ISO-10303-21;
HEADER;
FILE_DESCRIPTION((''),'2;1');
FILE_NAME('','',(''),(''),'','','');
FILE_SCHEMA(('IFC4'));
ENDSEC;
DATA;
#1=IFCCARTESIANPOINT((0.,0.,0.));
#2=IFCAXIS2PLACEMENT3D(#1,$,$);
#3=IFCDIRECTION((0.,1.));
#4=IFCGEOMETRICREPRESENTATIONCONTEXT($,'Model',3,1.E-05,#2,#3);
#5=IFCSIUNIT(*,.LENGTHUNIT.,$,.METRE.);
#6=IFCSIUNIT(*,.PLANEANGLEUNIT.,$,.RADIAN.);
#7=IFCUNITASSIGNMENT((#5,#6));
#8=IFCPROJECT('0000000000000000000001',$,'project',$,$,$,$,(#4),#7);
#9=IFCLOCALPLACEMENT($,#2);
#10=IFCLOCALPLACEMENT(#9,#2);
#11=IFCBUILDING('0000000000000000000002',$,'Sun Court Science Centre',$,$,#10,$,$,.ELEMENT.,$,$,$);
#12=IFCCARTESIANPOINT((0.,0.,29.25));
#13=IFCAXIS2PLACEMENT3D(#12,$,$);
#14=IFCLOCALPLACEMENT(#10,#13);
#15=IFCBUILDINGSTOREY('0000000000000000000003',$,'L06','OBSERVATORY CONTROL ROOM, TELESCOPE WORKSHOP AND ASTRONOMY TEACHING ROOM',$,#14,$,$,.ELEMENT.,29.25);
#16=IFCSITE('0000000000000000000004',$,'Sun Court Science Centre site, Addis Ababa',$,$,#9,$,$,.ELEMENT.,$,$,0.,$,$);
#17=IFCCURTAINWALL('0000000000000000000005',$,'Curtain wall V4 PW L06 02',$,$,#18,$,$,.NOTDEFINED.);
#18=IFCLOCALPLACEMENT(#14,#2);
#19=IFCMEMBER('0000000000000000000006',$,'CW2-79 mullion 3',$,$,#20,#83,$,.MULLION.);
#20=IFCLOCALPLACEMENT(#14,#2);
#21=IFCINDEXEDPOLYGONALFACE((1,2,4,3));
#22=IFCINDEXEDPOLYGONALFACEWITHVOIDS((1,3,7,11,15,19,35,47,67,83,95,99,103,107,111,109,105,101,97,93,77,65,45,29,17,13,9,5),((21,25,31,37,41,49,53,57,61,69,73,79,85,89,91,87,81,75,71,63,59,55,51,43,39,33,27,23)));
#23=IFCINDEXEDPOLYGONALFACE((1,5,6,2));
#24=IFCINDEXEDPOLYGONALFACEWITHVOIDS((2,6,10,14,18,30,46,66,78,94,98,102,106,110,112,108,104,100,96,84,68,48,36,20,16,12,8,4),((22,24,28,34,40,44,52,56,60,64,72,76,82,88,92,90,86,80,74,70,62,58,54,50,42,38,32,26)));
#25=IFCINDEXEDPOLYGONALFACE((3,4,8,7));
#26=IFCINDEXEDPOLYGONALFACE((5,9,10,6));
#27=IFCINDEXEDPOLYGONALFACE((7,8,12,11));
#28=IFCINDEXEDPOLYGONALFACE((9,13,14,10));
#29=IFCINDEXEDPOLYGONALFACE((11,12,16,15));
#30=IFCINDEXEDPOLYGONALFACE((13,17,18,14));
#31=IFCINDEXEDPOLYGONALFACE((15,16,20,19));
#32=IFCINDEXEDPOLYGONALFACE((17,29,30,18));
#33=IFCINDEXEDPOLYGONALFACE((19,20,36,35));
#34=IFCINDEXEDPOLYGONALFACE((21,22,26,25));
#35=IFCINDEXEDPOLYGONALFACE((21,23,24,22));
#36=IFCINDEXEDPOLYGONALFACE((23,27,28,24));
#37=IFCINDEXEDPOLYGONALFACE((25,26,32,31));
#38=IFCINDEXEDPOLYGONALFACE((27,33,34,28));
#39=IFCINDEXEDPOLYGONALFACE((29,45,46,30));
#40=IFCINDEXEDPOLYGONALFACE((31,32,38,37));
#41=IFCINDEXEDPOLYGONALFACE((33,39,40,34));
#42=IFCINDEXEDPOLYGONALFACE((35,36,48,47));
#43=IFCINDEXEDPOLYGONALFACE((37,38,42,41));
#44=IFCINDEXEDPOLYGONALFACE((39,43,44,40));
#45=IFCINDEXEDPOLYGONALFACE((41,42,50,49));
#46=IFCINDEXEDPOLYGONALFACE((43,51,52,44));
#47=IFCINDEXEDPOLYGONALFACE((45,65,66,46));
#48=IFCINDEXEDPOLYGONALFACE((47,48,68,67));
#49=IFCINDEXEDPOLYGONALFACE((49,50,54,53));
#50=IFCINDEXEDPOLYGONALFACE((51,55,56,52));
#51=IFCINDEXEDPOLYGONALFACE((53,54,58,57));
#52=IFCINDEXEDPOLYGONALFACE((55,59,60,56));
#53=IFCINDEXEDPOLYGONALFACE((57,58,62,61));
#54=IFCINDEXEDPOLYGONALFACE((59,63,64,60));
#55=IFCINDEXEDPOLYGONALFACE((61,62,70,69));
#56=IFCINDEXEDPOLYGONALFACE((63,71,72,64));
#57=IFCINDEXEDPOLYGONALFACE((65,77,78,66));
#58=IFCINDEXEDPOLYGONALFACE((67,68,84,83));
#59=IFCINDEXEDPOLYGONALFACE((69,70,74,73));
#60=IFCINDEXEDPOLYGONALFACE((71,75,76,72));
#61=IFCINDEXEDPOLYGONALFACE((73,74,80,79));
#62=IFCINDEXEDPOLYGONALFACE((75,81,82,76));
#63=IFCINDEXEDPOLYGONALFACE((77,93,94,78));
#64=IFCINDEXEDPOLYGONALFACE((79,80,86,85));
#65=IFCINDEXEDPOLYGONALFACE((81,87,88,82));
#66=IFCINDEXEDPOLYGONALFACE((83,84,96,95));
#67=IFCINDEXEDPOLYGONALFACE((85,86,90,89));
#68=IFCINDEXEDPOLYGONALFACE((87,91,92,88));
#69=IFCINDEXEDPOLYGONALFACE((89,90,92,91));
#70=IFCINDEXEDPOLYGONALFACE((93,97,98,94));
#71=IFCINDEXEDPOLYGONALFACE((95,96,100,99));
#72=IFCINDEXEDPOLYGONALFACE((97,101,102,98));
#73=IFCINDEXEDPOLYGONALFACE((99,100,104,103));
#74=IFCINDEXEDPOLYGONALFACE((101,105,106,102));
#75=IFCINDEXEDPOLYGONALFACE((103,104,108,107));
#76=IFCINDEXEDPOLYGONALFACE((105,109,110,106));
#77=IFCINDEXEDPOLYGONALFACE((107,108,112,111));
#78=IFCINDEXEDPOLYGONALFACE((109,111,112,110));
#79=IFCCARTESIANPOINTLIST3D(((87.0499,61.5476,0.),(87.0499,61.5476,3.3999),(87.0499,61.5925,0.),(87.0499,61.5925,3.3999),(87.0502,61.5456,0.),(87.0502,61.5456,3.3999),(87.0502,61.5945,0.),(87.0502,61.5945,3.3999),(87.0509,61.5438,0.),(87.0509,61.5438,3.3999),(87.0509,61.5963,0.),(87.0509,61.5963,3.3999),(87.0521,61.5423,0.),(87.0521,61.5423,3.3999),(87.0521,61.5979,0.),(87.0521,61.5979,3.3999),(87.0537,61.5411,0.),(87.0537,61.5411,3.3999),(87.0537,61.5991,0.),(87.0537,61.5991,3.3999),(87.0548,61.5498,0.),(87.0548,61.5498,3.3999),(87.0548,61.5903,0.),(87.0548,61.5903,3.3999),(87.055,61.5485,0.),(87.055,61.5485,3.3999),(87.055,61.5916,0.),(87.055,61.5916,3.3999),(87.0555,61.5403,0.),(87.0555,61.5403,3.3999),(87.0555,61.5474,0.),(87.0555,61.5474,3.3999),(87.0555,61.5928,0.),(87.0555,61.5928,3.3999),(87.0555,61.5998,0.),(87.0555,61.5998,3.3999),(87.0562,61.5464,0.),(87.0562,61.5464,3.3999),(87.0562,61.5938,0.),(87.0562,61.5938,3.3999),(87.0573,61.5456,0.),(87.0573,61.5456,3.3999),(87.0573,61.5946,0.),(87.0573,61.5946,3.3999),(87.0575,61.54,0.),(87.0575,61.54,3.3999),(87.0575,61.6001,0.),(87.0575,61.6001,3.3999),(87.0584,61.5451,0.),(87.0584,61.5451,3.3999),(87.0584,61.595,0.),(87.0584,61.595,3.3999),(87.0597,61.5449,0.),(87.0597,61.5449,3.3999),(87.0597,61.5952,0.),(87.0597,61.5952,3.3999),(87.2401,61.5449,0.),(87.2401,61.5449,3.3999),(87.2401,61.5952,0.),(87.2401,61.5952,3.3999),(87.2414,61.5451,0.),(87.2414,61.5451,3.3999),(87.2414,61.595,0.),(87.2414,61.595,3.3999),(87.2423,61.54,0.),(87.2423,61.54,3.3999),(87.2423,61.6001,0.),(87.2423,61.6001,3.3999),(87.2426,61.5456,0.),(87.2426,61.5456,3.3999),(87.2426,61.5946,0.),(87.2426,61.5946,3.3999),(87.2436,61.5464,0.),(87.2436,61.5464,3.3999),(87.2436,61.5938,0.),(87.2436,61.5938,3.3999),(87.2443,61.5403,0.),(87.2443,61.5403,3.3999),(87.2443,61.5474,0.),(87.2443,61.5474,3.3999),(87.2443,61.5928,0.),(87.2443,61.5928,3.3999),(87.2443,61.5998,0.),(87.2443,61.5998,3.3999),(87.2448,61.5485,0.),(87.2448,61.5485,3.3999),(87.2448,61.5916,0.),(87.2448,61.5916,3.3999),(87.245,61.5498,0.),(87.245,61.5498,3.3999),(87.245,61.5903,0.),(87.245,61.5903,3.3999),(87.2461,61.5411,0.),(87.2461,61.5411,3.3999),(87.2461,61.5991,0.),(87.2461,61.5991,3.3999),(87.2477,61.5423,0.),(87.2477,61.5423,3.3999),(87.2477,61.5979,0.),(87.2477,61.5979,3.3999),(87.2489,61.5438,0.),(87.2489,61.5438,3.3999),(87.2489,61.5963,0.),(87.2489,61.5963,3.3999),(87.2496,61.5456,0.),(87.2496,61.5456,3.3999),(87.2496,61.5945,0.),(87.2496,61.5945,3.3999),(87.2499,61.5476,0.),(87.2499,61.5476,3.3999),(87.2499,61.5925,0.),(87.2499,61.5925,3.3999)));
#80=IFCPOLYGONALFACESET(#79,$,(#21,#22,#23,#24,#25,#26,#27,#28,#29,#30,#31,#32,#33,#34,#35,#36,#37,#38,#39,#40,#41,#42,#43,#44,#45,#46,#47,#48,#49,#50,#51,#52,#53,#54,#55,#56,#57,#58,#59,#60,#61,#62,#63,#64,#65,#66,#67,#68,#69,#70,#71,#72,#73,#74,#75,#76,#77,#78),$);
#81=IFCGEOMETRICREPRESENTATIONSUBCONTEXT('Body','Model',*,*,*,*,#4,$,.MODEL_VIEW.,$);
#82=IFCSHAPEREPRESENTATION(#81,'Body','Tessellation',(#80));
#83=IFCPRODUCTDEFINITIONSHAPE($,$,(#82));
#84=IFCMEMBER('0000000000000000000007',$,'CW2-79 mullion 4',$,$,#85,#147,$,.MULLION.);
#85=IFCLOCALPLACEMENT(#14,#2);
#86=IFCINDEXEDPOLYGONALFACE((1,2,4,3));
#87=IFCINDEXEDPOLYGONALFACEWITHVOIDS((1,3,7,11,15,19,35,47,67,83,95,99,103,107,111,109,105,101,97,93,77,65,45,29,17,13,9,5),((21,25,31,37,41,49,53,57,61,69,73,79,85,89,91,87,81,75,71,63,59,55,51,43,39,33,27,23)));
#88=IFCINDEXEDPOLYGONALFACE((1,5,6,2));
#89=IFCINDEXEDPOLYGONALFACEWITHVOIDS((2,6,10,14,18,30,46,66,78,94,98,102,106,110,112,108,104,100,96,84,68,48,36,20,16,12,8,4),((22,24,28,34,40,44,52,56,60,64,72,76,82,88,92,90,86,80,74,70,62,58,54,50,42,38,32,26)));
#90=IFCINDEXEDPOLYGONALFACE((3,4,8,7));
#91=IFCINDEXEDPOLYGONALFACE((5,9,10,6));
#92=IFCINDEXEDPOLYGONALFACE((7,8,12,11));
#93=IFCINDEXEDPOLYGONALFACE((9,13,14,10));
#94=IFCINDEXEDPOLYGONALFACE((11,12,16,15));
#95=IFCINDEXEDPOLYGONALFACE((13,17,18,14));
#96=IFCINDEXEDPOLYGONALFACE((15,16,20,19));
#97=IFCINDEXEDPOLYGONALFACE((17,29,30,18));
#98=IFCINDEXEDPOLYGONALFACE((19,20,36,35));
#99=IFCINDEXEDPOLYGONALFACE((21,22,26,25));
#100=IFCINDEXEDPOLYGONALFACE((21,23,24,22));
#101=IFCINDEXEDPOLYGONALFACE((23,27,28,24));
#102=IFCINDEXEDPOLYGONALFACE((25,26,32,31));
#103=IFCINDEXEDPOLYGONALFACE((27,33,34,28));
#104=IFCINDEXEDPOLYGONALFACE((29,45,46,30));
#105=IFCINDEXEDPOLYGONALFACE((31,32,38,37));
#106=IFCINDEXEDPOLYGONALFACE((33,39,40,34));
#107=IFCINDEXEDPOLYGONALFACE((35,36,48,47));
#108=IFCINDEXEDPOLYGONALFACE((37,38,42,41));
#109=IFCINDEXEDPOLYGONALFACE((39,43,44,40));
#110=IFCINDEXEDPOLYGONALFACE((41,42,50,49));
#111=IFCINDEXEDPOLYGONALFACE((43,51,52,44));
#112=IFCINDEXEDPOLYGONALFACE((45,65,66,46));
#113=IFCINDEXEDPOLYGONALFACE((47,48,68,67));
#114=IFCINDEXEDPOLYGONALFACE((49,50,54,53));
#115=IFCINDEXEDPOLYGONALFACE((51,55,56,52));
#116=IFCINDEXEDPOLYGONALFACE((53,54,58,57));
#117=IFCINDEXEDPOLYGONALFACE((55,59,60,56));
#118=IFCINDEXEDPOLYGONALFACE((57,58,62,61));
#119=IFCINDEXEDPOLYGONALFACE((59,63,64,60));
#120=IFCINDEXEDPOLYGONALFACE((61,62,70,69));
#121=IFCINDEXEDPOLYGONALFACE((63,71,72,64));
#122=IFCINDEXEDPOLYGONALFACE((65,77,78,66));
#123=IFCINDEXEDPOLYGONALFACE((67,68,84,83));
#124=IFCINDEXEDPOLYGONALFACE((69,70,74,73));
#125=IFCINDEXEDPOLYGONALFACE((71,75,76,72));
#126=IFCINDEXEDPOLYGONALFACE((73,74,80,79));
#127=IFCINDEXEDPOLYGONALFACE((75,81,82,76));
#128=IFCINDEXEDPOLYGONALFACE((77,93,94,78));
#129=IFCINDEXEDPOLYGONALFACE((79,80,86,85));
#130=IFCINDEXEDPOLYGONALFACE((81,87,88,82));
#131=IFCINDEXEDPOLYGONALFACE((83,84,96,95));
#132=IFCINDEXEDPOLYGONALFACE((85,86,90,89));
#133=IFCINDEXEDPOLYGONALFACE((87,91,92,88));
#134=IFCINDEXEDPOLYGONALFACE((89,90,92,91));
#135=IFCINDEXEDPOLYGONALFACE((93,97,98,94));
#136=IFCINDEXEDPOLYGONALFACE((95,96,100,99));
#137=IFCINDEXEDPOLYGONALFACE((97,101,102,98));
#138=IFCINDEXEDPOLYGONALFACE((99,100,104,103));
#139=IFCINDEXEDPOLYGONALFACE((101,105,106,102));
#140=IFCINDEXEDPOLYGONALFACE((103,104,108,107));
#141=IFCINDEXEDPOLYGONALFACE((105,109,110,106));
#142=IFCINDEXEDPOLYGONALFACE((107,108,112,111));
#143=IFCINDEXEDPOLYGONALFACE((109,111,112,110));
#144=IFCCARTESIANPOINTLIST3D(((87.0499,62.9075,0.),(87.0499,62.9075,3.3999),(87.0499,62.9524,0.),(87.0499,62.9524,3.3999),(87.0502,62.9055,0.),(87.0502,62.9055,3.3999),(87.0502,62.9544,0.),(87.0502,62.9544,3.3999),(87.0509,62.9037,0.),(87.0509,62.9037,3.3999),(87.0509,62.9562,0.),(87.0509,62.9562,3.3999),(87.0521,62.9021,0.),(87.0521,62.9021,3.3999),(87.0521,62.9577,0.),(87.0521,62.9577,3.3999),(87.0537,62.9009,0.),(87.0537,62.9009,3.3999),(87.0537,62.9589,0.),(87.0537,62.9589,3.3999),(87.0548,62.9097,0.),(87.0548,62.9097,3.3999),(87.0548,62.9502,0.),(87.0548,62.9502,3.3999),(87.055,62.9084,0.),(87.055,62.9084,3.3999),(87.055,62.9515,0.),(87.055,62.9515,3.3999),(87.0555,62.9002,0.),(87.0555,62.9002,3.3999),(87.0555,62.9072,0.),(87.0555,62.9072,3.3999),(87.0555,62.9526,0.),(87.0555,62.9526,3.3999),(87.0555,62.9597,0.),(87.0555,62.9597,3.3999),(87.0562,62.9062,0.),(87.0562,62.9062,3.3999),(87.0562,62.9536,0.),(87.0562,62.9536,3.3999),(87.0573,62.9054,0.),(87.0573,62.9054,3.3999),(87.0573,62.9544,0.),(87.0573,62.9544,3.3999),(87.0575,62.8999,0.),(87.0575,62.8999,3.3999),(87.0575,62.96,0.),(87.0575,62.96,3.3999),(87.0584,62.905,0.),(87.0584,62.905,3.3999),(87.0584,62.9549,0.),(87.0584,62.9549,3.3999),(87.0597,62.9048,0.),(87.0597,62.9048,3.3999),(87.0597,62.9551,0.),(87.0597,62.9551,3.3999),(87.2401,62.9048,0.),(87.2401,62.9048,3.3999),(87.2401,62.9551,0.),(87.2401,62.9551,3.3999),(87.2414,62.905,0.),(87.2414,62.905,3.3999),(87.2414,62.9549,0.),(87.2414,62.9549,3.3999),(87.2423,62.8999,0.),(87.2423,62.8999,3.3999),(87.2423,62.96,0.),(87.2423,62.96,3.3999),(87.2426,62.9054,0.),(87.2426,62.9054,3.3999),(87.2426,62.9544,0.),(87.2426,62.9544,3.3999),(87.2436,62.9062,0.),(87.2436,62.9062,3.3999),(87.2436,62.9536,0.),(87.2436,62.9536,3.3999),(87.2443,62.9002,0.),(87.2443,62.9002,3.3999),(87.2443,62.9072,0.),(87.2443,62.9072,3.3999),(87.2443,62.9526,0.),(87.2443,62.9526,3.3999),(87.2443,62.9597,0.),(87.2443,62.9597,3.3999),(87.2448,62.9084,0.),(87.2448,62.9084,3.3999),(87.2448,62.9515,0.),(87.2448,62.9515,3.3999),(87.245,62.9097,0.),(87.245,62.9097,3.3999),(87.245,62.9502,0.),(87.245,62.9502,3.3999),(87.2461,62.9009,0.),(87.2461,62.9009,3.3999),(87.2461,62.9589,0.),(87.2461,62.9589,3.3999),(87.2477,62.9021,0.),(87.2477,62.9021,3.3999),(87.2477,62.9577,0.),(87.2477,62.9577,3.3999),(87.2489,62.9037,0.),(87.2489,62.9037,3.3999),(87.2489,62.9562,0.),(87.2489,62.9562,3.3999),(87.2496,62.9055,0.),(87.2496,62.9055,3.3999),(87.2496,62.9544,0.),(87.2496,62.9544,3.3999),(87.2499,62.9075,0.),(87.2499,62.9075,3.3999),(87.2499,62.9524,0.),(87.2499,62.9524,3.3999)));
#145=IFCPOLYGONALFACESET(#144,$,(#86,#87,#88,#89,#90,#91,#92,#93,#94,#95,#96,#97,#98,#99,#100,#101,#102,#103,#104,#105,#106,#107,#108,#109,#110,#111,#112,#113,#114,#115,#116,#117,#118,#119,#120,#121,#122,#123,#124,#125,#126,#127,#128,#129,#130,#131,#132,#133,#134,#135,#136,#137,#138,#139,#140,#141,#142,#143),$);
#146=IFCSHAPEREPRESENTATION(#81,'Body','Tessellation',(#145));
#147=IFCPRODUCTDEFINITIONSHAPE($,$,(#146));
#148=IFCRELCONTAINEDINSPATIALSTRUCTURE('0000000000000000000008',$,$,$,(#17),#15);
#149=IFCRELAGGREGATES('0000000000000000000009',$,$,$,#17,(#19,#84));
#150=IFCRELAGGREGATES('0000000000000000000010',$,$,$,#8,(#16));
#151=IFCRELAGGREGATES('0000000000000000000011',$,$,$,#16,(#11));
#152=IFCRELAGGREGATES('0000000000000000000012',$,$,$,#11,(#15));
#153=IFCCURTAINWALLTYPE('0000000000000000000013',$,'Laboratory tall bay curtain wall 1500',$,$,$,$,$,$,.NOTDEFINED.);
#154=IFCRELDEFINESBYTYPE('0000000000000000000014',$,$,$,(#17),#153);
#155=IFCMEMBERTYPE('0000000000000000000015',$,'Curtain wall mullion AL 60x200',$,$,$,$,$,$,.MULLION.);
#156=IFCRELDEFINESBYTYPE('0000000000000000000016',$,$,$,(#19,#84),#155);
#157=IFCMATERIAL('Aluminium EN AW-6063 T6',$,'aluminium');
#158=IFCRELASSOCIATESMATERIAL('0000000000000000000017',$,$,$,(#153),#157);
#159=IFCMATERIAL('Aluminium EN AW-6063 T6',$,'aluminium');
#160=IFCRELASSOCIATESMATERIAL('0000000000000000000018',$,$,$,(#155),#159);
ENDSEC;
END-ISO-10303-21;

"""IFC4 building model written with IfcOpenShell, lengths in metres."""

from ifc_helpers import new_model, si_unit, direction, frame, origin, origin_2d, place, context, subcontext, project, spatial, hollow_rectangle, extrude, material, material_profile, profile_set, type_object, element, aggregate, save


model = new_model("IFC4")

# Units and contexts
model_context = context("Model", 3, precision=1e-05, world=origin(), true_north=direction((0.0, 1.0)))
body_context = subcontext(model_context, "Body", "Model", "MODEL_VIEW")
ifc_project = project(units=[si_unit("LENGTHUNIT", "METRE"), si_unit("PLANEANGLEUNIT", "RADIAN")], contexts=[model_context])

# Site, building, storey
site_placement = place(None, origin())
site = spatial("IfcSite", under=ifc_project, at=site_placement, Name="Sun Court Science Centre site, Addis Ababa", CompositionType="ELEMENT", RefElevation=0.0)
building_placement = place(site_placement, origin())
building = spatial("IfcBuilding", under=site, at=building_placement, Name="Sun Court Science Centre", CompositionType="ELEMENT")
storey_placement = place(building_placement, frame((0.0, 0.0, 29.25)))
storey = spatial("IfcBuildingStorey", under=building, at=storey_placement, Name="L06", Description="OBSERVATORY CONTROL ROOM, TELESCOPE WORKSHOP AND ASTRONOMY TEACHING ROOM", CompositionType="ELEMENT", Elevation=29.25)

# Curtain wall, members
ifc_material_1 = material(Name="Aluminium EN AW-6063 T6", Category="aluminium")
curtain_wall_type = type_object("IfcCurtainWallType", Name="Laboratory tall bay curtain wall 1500", PredefinedType="NOTDEFINED", material=ifc_material_1)
curtain_wall_placement = place(storey_placement, origin())
curtain_wall = element("IfcCurtainWall", 1, at=curtain_wall_placement, inside=storey, type_object=curtain_wall_type, Name="Curtain wall V4 PW L06 02", PredefinedType="NOTDEFINED")
ifc_material_2 = material(Name="Aluminium EN AW-6063 T6", Category="aluminium")
ifc_material_profile_1 = material_profile(ifc_material_2, hollow_rectangle(XDim=0.0601, YDim=0.2, WallThickness=0.0049, InnerFilletRadius=0.0049, OuterFilletRadius=0.0076, at=origin_2d()), Name="AL 60x200x5")
ifc_profile_set_1 = profile_set([ifc_material_profile_1], Name="Aluminium EN AW-6063 T6")
member_type_1 = type_object("IfcMemberType", Name="Curtain wall mullion AL 60x200", PredefinedType="MULLION", material=ifc_profile_set_1)
member_1_placement = place(storey_placement, frame((87.1499, 61.5701, 0.0), z_axis=(0.0, 0.0, 1.0), x_axis=(0.0, 1.0, 0.0)))
member_1 = element("IfcMember", 2, at=member_1_placement, type_object=member_type_1, Name="CW2-79 mullion 3", PredefinedType="MULLION", context=body_context, shape_type="SweptSolid", body=[
    extrude(hollow_rectangle(XDim=0.0601, YDim=0.2, WallThickness=0.0049, InnerFilletRadius=0.0049, OuterFilletRadius=0.0076, at=origin_2d()), origin(), (0.0, 0.0, 1.0), 3.3999),
])
member_2_placement = place(storey_placement, frame((87.1499, 62.9299, 0.0), z_axis=(0.0, 0.0, 1.0), x_axis=(0.0, 1.0, 0.0)))
member_2 = element("IfcMember", 3, at=member_2_placement, type_object=member_type_1, Name="CW2-79 mullion 4", PredefinedType="MULLION", context=body_context, shape_type="SweptSolid", body=[
    extrude(hollow_rectangle(XDim=0.0601, YDim=0.2, WallThickness=0.0049, InnerFilletRadius=0.0049, OuterFilletRadius=0.0076, at=origin_2d()), origin(), (0.0, 0.0, 1.0), 3.3999),
])
aggregate(curtain_wall, [member_1, member_2])

save(model, "model.ifc")
